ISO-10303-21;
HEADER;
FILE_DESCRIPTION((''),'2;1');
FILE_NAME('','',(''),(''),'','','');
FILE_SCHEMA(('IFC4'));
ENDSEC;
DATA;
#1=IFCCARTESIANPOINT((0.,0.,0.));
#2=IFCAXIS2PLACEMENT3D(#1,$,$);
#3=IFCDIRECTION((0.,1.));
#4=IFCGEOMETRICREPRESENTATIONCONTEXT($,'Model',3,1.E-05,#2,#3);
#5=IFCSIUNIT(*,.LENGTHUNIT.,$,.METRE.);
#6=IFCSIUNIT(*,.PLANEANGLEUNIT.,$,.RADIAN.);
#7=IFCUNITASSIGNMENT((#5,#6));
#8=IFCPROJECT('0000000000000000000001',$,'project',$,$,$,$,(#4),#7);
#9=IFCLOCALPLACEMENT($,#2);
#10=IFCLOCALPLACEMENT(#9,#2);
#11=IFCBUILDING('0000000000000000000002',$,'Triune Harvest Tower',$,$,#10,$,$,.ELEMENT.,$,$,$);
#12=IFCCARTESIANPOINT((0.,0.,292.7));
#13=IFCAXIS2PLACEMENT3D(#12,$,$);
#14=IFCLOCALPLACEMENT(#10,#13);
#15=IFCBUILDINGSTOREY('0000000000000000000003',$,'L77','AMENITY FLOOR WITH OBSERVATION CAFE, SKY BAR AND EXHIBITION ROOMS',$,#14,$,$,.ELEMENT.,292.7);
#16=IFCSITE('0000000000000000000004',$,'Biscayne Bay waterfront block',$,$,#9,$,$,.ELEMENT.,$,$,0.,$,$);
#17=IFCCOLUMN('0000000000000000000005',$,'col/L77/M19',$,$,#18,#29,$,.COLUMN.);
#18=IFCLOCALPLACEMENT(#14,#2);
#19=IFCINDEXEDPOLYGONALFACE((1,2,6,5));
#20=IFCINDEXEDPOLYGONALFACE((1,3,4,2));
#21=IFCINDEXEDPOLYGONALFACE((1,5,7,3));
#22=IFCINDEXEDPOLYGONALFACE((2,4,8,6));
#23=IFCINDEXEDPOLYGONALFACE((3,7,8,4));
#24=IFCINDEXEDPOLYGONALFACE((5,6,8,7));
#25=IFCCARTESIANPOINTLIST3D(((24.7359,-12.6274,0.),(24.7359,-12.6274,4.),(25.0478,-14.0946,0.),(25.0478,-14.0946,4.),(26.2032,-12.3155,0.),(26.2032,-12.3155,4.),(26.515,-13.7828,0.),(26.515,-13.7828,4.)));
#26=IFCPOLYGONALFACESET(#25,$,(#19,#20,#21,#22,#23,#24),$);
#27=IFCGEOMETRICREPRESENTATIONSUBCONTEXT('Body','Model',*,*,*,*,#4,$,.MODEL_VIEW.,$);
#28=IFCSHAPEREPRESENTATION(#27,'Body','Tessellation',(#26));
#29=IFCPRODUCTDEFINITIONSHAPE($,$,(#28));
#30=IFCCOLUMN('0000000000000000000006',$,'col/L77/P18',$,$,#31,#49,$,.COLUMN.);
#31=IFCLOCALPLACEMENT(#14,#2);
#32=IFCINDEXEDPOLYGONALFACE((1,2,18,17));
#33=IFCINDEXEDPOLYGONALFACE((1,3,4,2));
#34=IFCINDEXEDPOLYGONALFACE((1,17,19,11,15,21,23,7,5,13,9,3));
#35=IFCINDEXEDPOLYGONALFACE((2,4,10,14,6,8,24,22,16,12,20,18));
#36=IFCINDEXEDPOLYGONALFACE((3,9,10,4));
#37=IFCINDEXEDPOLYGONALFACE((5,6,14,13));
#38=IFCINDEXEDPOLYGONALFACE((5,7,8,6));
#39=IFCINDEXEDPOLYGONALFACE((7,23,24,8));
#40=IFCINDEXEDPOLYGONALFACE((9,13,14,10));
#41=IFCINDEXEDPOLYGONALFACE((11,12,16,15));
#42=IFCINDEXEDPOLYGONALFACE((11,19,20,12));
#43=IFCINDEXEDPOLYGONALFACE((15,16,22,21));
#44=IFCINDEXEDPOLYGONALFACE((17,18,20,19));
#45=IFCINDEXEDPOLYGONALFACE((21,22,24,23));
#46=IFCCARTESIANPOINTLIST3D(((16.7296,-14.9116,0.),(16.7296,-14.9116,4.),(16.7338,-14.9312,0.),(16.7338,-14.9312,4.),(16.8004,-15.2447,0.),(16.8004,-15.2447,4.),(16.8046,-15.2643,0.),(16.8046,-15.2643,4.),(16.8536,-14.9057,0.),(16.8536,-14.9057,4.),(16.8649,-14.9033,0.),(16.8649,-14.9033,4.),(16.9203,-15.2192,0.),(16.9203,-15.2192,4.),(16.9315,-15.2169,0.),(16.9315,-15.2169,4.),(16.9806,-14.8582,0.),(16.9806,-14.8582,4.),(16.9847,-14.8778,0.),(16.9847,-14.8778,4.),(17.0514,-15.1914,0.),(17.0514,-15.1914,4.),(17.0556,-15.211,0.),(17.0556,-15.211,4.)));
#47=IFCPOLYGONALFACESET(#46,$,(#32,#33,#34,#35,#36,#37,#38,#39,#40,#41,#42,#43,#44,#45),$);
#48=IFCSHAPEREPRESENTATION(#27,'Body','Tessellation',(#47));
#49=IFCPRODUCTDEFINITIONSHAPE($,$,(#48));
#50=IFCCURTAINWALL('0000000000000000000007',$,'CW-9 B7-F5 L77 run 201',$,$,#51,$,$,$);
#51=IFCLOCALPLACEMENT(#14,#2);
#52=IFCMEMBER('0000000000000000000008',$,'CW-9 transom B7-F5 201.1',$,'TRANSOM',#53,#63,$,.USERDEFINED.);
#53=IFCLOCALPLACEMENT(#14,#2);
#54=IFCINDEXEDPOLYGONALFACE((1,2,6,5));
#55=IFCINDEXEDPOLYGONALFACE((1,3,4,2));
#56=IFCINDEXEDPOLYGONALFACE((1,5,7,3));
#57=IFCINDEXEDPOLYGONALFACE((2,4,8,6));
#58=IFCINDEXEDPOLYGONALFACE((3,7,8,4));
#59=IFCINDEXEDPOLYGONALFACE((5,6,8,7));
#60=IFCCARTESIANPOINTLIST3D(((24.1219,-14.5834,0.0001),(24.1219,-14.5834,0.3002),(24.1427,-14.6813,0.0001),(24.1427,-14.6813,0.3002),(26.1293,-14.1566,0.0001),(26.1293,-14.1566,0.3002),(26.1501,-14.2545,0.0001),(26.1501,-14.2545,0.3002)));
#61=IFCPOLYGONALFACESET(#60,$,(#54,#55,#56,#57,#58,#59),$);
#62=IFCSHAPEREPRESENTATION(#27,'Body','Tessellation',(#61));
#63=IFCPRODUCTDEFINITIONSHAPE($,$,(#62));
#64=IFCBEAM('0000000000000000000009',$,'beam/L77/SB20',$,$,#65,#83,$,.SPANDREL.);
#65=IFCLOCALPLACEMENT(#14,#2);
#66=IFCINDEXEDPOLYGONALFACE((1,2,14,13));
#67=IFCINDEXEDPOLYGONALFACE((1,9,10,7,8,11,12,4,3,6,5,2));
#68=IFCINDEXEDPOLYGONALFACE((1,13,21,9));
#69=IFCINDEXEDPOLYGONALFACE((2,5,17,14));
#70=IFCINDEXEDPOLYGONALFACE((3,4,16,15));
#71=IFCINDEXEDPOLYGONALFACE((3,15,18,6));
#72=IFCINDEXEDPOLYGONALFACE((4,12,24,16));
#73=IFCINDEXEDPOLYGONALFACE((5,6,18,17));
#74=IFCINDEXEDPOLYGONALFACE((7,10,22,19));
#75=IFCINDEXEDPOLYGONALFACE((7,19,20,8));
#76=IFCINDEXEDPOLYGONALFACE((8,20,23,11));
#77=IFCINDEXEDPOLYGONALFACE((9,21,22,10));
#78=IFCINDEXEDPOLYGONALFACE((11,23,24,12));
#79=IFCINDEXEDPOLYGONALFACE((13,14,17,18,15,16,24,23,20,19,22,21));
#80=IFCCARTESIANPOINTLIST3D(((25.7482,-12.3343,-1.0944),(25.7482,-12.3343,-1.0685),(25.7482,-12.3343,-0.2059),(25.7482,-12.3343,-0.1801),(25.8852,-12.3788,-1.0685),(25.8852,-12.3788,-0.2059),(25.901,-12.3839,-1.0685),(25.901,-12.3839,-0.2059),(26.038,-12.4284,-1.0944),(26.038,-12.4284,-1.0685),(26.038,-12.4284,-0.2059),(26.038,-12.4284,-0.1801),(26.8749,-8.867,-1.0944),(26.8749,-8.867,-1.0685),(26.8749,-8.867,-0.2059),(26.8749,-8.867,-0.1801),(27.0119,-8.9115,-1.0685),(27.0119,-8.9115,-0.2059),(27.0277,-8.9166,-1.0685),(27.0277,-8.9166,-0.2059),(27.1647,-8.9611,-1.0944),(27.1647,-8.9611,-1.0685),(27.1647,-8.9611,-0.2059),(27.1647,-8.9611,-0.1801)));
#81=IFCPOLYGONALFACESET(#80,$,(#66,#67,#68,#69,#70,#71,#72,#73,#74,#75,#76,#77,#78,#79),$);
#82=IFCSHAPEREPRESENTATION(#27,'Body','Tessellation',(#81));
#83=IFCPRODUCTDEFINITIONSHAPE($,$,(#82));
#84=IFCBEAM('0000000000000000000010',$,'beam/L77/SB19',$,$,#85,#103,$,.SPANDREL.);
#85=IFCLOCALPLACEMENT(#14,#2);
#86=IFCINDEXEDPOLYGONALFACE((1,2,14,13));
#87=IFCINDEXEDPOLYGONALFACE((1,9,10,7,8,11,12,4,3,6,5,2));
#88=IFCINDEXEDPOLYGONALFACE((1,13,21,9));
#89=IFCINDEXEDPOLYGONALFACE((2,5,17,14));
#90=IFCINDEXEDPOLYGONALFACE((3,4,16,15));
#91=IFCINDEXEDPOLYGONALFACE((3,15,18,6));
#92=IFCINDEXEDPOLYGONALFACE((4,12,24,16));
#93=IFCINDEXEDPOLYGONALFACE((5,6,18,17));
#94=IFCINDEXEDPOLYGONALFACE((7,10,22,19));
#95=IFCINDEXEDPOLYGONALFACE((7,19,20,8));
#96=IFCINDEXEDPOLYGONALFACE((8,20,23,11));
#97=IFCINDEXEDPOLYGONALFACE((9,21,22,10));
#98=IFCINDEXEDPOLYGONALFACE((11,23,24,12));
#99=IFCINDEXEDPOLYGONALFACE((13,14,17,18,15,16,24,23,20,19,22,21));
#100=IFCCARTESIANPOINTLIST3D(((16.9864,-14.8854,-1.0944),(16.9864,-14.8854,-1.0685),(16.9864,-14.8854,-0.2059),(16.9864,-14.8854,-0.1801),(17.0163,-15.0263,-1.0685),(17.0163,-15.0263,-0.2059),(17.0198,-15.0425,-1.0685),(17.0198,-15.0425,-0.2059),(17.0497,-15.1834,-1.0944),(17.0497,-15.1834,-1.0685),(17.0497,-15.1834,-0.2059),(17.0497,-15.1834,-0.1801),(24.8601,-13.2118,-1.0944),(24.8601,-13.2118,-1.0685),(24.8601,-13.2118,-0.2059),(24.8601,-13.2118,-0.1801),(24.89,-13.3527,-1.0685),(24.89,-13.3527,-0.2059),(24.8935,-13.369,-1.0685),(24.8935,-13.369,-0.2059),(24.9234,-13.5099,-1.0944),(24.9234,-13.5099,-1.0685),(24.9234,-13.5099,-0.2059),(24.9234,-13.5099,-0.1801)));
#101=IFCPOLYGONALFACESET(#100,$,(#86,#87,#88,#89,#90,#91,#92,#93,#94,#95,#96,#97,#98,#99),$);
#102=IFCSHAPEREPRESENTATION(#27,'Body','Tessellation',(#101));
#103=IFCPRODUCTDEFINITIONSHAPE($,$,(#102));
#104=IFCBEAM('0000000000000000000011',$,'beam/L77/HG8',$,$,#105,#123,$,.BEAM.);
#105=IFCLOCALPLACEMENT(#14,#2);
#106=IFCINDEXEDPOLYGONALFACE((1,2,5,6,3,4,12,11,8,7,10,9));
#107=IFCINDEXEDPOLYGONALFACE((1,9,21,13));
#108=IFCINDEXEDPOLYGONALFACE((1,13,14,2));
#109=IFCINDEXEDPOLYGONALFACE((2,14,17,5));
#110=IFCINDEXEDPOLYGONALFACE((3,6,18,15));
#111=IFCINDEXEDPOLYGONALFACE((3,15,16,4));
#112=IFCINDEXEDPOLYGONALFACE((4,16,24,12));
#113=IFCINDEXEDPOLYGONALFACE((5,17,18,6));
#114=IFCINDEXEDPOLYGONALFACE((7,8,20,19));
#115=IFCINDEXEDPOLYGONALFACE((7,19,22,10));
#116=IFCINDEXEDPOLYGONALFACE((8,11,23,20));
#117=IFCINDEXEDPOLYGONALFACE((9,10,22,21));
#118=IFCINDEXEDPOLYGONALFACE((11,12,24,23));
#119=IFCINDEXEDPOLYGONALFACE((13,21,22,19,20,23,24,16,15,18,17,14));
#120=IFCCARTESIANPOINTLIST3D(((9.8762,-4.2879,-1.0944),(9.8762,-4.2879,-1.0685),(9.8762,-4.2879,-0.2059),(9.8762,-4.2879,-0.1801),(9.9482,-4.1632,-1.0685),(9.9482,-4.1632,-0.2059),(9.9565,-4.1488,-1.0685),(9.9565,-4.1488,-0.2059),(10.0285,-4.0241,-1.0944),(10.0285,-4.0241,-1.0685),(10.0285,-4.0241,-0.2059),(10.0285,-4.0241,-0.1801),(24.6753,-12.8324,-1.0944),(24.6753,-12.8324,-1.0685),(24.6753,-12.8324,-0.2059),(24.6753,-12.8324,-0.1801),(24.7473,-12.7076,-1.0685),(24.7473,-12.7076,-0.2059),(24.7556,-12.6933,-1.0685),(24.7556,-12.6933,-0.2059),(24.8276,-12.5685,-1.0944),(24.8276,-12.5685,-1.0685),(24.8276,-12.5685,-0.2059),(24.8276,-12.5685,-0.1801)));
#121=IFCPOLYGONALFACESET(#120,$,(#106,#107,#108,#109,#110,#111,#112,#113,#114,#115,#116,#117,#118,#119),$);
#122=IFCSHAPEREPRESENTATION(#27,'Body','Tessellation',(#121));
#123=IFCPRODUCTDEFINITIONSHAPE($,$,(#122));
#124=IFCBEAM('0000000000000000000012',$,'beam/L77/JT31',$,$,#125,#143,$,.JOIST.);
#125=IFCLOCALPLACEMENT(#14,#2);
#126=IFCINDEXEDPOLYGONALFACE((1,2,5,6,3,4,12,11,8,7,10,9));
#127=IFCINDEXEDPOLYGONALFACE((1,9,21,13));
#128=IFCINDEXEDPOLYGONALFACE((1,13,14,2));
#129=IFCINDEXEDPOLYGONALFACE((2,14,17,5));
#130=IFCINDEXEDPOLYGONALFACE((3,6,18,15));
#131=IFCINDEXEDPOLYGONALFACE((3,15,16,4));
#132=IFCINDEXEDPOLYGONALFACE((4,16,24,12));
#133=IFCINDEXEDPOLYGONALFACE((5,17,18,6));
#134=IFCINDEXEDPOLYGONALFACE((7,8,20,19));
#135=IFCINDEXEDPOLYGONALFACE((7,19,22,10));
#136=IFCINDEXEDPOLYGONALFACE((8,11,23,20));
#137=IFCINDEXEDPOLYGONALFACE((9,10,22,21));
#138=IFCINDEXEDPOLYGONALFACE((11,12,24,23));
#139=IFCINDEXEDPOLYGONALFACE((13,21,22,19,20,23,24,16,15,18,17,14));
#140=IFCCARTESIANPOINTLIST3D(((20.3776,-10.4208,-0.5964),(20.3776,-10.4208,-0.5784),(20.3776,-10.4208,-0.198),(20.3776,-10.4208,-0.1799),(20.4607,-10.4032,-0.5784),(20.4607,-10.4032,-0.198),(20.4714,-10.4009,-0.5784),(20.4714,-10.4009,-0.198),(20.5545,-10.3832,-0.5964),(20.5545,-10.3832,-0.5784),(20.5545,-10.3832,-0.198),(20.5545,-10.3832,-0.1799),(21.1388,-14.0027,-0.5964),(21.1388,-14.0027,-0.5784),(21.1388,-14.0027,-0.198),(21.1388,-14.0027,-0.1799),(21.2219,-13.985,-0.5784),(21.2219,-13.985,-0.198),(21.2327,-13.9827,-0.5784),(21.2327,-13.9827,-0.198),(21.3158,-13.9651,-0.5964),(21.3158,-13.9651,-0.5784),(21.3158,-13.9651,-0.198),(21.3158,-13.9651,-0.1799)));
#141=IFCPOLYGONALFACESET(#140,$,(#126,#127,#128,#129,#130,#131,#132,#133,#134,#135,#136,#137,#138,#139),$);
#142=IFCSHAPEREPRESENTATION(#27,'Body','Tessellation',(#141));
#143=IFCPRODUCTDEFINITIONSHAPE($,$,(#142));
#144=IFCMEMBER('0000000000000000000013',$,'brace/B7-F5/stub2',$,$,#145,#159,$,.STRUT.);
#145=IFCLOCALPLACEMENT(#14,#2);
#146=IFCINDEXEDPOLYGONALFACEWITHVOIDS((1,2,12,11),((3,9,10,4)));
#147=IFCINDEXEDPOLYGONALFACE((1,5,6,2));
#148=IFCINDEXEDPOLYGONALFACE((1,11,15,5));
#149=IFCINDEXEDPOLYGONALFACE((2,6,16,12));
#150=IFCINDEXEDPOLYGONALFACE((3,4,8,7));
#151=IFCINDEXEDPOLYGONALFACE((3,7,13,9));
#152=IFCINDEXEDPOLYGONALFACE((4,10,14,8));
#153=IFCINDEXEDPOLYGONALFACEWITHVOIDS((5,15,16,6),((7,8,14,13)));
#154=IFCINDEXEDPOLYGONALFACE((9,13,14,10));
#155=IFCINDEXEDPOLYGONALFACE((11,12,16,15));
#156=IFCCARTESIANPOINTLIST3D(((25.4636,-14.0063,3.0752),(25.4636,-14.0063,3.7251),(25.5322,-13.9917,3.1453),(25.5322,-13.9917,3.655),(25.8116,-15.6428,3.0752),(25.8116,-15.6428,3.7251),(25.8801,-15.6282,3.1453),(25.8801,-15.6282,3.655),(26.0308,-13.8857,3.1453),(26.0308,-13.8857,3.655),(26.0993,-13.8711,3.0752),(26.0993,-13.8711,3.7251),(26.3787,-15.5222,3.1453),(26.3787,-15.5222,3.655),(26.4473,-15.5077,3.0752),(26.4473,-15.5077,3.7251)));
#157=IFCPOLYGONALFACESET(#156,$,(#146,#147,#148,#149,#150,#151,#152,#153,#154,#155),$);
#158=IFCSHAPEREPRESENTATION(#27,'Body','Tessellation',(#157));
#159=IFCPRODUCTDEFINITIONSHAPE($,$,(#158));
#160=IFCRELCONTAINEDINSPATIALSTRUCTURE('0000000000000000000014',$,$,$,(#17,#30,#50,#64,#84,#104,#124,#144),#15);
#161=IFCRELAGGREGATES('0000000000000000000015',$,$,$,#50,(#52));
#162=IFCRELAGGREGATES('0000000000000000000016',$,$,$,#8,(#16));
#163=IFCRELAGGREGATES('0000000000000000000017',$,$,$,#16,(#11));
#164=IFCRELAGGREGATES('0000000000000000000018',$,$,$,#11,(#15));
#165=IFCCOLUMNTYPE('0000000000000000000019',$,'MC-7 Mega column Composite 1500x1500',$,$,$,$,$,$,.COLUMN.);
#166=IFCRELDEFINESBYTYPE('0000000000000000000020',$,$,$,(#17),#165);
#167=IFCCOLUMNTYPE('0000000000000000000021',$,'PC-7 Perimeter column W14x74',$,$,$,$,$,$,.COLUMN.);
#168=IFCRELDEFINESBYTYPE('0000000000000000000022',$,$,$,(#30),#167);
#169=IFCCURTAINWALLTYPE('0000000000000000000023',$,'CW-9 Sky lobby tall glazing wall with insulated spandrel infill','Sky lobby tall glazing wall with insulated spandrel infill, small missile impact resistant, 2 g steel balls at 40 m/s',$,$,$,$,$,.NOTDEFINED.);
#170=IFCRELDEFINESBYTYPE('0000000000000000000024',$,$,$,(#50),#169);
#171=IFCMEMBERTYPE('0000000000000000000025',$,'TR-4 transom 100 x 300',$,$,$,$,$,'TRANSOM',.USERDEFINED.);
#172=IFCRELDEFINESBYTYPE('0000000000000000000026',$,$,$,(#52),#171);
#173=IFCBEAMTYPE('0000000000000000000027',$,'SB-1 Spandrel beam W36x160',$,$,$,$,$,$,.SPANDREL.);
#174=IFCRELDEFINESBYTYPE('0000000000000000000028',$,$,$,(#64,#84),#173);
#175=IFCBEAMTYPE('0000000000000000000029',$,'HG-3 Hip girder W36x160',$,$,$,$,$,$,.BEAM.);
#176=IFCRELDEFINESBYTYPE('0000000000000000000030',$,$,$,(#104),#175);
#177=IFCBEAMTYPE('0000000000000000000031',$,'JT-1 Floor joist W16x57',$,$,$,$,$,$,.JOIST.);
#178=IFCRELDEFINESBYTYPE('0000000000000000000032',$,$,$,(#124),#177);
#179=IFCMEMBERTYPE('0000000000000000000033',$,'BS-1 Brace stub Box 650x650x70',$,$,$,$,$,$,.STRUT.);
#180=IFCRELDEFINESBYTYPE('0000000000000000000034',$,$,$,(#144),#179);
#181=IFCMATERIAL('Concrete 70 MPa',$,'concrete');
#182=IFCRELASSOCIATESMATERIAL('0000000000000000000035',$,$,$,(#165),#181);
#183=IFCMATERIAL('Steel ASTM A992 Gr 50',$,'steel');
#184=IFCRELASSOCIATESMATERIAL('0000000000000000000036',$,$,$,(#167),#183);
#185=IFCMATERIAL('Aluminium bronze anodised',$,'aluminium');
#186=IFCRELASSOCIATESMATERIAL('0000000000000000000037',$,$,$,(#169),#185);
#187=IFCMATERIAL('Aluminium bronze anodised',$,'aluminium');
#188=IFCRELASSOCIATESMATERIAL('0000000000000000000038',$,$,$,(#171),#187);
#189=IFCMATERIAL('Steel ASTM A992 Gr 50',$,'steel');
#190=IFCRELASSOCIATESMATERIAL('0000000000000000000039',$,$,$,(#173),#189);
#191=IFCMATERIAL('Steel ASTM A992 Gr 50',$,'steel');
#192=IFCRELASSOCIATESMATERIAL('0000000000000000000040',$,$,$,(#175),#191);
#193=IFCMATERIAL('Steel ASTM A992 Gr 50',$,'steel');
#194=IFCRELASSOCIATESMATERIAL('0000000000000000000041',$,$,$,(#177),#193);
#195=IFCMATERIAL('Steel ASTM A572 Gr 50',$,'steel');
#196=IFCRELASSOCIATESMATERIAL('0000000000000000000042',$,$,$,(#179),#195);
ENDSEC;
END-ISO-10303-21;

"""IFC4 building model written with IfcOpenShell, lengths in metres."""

from ifc_helpers import new_model, si_unit, direction, frame, origin, origin_2d, place, context, subcontext, project, spatial, rectangle, hollow_rectangle, i_section, extrude, source, transform, mapped, material, material_profile, profile_set, type_object, element, aggregate, save


model = new_model("IFC4")

# Units and contexts
model_context = context("Model", 3, precision=1e-05, world=origin(), true_north=direction((0.0, 1.0)))
body_context = subcontext(model_context, "Body", "Model", "MODEL_VIEW")
ifc_project = project(units=[si_unit("LENGTHUNIT", "METRE"), si_unit("PLANEANGLEUNIT", "RADIAN")], contexts=[model_context])

# Site, building, storey
site_placement = place(None, origin())
site = spatial("IfcSite", under=ifc_project, at=site_placement, Name="Biscayne Bay waterfront block", CompositionType="ELEMENT", RefElevation=0.0)
building_placement = place(site_placement, origin())
building = spatial("IfcBuilding", under=site, at=building_placement, Name="Triune Harvest Tower", CompositionType="ELEMENT")
storey_placement = place(building_placement, frame((0.0, 0.0, 292.7)))
storey = spatial("IfcBuildingStorey", under=building, at=storey_placement, Name="L77", Description="AMENITY FLOOR WITH OBSERVATION CAFE, SKY BAR AND EXHIBITION ROOMS", CompositionType="ELEMENT", Elevation=292.7)

# Columns
ifc_material_1 = material(Name="Concrete 70 MPa", Category="concrete")
ifc_material_profile_1 = material_profile(ifc_material_1, rectangle(XDim=1.5, YDim=1.5, at=origin_2d()), Name="Composite 1500x1500")
ifc_profile_set_1 = profile_set([ifc_material_profile_1], Name="Concrete 70 MPa")
column_type_1 = type_object("IfcColumnType", Name="MC-7 Mega column Composite 1500x1500", PredefinedType="COLUMN", material=ifc_profile_set_1)
shared_shape_1 = source(origin(), body_context, "Body", "SweptSolid", [
    extrude(rectangle(XDim=1.5, YDim=1.5, at=origin_2d()), origin(), (0.0, 0.0, 1.0), 4.0),
])
column_1_placement = place(storey_placement, frame((25.6255, -13.2051, 0.0), z_axis=(0.0, 0.0, 1.0), x_axis=(0.978147, 0.207913, 0.0)))
element("IfcColumn", 1, at=column_1_placement, inside=storey, type_object=column_type_1, Name="col/L77/M19", PredefinedType="COLUMN", context=body_context, shape_type="MappedRepresentation", body=[
    mapped(shared_shape_1, transform((0.0, 0.0, 0.0), scale=1.0)),
])
ifc_material_2 = material(Name="Steel ASTM A992 Gr 50", Category="steel")
ifc_material_profile_2 = material_profile(ifc_material_2, i_section(OverallWidth=0.2566, OverallDepth=0.3606, WebThickness=0.0115, FlangeThickness=0.02, at=origin_2d()), Name="W14x74")
ifc_profile_set_2 = profile_set([ifc_material_profile_2], Name="Steel ASTM A992 Gr 50")
column_type_2 = type_object("IfcColumnType", Name="PC-7 Perimeter column W14x74", PredefinedType="COLUMN", material=ifc_profile_set_2)
shared_shape_2 = source(origin(), body_context, "Body", "SweptSolid", [
    extrude(i_section(OverallWidth=0.2566, OverallDepth=0.3606, WebThickness=0.0115, FlangeThickness=0.02, at=origin_2d()), origin(), (0.0, 0.0, 1.0), 4.0),
])
column_2_placement = place(storey_placement, frame((16.8926, -15.0613, 0.0), z_axis=(0.0, 0.0, 1.0), x_axis=(0.978147, 0.207913, 0.0)))
element("IfcColumn", 2, at=column_2_placement, inside=storey, type_object=column_type_2, Name="col/L77/P18", PredefinedType="COLUMN", context=body_context, shape_type="MappedRepresentation", body=[
    mapped(shared_shape_2, transform((0.0, 0.0, 0.0), scale=1.0)),
])

# Curtain wall, member
ifc_material_3 = material(Name="Aluminium bronze anodised", Category="aluminium")
curtain_wall_type_1 = type_object("IfcCurtainWallType", Name="CW-9 Sky lobby tall glazing wall with insulated spandrel infill", Description="Sky lobby tall glazing wall with insulated spandrel infill, small missile impact resistant, 2 g steel balls at 40 m/s", PredefinedType="NOTDEFINED", material=ifc_material_3)
curtain_wall_1_placement = place(storey_placement, origin())
curtain_wall_1 = element("IfcCurtainWall", 3, at=curtain_wall_1_placement, inside=storey, type_object=curtain_wall_type_1, Name="CW-9 B7-F5 L77 run 201")
ifc_material_4 = material(Name="Aluminium bronze anodised", Category="aluminium")
ifc_material_profile_3 = material_profile(ifc_material_4, rectangle(XDim=0.1001, YDim=0.3, at=origin_2d()), Name="TR-4 transom 100 x 300")
ifc_profile_set_3 = profile_set([ifc_material_profile_3], Name="Aluminium bronze anodised")
member_type_1 = type_object("IfcMemberType", Name="TR-4 transom 100 x 300", ElementType="TRANSOM", PredefinedType="USERDEFINED", material=ifc_profile_set_3)
member_1_placement = place(storey_placement, frame((24.1323, -14.6323, 0.1501), z_axis=(0.978139, 0.207953, 0.0), x_axis=(-0.207953, 0.978139, 0.0)))
member_1 = element("IfcMember", 4, at=member_1_placement, type_object=member_type_1, Name="CW-9 transom B7-F5 201.1", ObjectType="TRANSOM", PredefinedType="USERDEFINED", context=body_context, shape_type="SweptSolid", body=[
    extrude(rectangle(XDim=0.1001, YDim=0.3, at=origin_2d()), origin(), (0.0, 0.0, 1.0), 2.0522),
])

# Beams
ifc_material_5 = material(Name="Steel ASTM A992 Gr 50", Category="steel")
ifc_material_profile_4 = material_profile(ifc_material_5, i_section(OverallWidth=0.3047, OverallDepth=0.9143, WebThickness=0.0166, FlangeThickness=0.0259, at=origin_2d()), Name="W36x160")
ifc_profile_set_4 = profile_set([ifc_material_profile_4], Name="Steel ASTM A992 Gr 50")
beam_type_1 = type_object("IfcBeamType", Name="SB-1 Spandrel beam W36x160", PredefinedType="SPANDREL", material=ifc_profile_set_4)
shared_shape_3 = source(origin(), body_context, "Body", "SweptSolid", [
    extrude(i_section(OverallWidth=0.3047, OverallDepth=0.9143, WebThickness=0.0166, FlangeThickness=0.0259, at=origin_2d()), origin(), (0.0, 0.0, 1.0), 3.6458),
])
beam_1_placement = place(storey_placement, frame((25.8931, -12.3813, -0.6372), z_axis=(0.309047, 0.951047, 0.0), x_axis=(-0.951047, 0.309047, 0.0)))
element("IfcBeam", 5, at=beam_1_placement, inside=storey, type_object=beam_type_1, Name="beam/L77/SB20", PredefinedType="SPANDREL", context=body_context, shape_type="MappedRepresentation", body=[
    mapped(shared_shape_3, transform((0.0, 0.0, 0.0), scale=1.0)),
])
shared_shape_4 = source(origin(), body_context, "Body", "SweptSolid", [
    extrude(i_section(OverallWidth=0.3047, OverallDepth=0.9143, WebThickness=0.0166, FlangeThickness=0.0259, at=origin_2d()), origin(), (0.0, 0.0, 1.0), 8.0496),
])
beam_2_placement = place(storey_placement, frame((17.0181, -15.0344, -0.6372), z_axis=(0.978149, 0.207907, 0.0), x_axis=(-0.207907, 0.978149, 0.0)))
element("IfcBeam", 6, at=beam_2_placement, inside=storey, type_object=beam_type_1, Name="beam/L77/SB19", PredefinedType="SPANDREL", context=body_context, shape_type="MappedRepresentation", body=[
    mapped(shared_shape_4, transform((0.0, 0.0, 0.0), scale=1.0)),
])
ifc_material_6 = material(Name="Steel ASTM A992 Gr 50", Category="steel")
ifc_material_profile_5 = material_profile(ifc_material_6, i_section(OverallWidth=0.3047, OverallDepth=0.9143, WebThickness=0.0166, FlangeThickness=0.0259, at=origin_2d()), Name="W36x160")
ifc_profile_set_5 = profile_set([ifc_material_profile_5], Name="Steel ASTM A992 Gr 50")
beam_type_2 = type_object("IfcBeamType", Name="HG-3 Hip girder W36x160", PredefinedType="BEAM", material=ifc_profile_set_5)
shared_shape_5 = source(origin(), body_context, "Body", "SweptSolid", [
    extrude(i_section(OverallWidth=0.3047, OverallDepth=0.9143, WebThickness=0.0166, FlangeThickness=0.0259, at=origin_2d()), origin(), (0.0, 0.0, 1.0), 17.0886),
])
beam_3_placement = place(storey_placement, frame((24.7515, -12.7004, -0.6372), z_axis=(-0.866021, 0.500008, 0.0), x_axis=(-0.500008, -0.866021, 0.0)))
element("IfcBeam", 7, at=beam_3_placement, inside=storey, type_object=beam_type_2, Name="beam/L77/HG8", PredefinedType="BEAM", context=body_context, shape_type="MappedRepresentation", body=[
    mapped(shared_shape_5, transform((0.0, 0.0, 0.0), scale=1.0)),
])
ifc_material_7 = material(Name="Steel ASTM A992 Gr 50", Category="steel")
ifc_material_profile_6 = material_profile(ifc_material_7, i_section(OverallWidth=0.1809, OverallDepth=0.4165, WebThickness=0.011, FlangeThickness=0.0181, at=origin_2d()), Name="W16x57")
ifc_profile_set_6 = profile_set([ifc_material_profile_6], Name="Steel ASTM A992 Gr 50")
beam_type_3 = type_object("IfcBeamType", Name="JT-1 Floor joist W16x57", PredefinedType="JOIST", material=ifc_profile_set_6)
shared_shape_6 = source(origin(), body_context, "Body", "SweptSolid", [
    extrude(i_section(OverallWidth=0.1809, OverallDepth=0.4165, WebThickness=0.011, FlangeThickness=0.0181, at=origin_2d()), origin(), (0.0, 0.0, 1.0), 3.6619),
])
beam_4_placement = place(storey_placement, frame((21.2273, -13.9839, -0.3882), z_axis=(-0.207885, 0.978153, 0.0), x_axis=(-0.978153, -0.207885, 0.0)))
element("IfcBeam", 8, at=beam_4_placement, inside=storey, type_object=beam_type_3, Name="beam/L77/JT31", PredefinedType="JOIST", context=body_context, shape_type="MappedRepresentation", body=[
    mapped(shared_shape_6, transform((0.0, 0.0, 0.0), scale=1.0)),
])

# Member
ifc_material_8 = material(Name="Steel ASTM A572 Gr 50", Category="steel")
ifc_material_profile_7 = material_profile(ifc_material_8, hollow_rectangle(XDim=0.6499, YDim=0.6499, WallThickness=0.0701, at=origin_2d()), Name="Box 650x650x70")
ifc_profile_set_7 = profile_set([ifc_material_profile_7], Name="Steel ASTM A572 Gr 50")
member_type_2 = type_object("IfcMemberType", Name="BS-1 Brace stub Box 650x650x70", PredefinedType="STRUT", material=ifc_profile_set_7)
shared_shape_7 = source(origin(), body_context, "Body", "SweptSolid", [
    extrude(hollow_rectangle(XDim=0.6499, YDim=0.6499, WallThickness=0.0701, at=origin_2d()), origin(), (0.0, 0.0, 1.0), 1.6731),
])
member_2_placement = place(storey_placement, frame((25.7815, -13.9387, 3.4001), z_axis=(0.207944, -0.978141, 0.0), x_axis=(0.978141, 0.207944, 0.0)))
element("IfcMember", 9, at=member_2_placement, inside=storey, type_object=member_type_2, Name="brace/B7-F5/stub2", PredefinedType="STRUT", context=body_context, shape_type="MappedRepresentation", body=[
    mapped(shared_shape_7, transform((0.0, 0.0, 0.0), scale=1.0)),
])

aggregate(curtain_wall_1, [member_1])

save(model, "model.ifc")
